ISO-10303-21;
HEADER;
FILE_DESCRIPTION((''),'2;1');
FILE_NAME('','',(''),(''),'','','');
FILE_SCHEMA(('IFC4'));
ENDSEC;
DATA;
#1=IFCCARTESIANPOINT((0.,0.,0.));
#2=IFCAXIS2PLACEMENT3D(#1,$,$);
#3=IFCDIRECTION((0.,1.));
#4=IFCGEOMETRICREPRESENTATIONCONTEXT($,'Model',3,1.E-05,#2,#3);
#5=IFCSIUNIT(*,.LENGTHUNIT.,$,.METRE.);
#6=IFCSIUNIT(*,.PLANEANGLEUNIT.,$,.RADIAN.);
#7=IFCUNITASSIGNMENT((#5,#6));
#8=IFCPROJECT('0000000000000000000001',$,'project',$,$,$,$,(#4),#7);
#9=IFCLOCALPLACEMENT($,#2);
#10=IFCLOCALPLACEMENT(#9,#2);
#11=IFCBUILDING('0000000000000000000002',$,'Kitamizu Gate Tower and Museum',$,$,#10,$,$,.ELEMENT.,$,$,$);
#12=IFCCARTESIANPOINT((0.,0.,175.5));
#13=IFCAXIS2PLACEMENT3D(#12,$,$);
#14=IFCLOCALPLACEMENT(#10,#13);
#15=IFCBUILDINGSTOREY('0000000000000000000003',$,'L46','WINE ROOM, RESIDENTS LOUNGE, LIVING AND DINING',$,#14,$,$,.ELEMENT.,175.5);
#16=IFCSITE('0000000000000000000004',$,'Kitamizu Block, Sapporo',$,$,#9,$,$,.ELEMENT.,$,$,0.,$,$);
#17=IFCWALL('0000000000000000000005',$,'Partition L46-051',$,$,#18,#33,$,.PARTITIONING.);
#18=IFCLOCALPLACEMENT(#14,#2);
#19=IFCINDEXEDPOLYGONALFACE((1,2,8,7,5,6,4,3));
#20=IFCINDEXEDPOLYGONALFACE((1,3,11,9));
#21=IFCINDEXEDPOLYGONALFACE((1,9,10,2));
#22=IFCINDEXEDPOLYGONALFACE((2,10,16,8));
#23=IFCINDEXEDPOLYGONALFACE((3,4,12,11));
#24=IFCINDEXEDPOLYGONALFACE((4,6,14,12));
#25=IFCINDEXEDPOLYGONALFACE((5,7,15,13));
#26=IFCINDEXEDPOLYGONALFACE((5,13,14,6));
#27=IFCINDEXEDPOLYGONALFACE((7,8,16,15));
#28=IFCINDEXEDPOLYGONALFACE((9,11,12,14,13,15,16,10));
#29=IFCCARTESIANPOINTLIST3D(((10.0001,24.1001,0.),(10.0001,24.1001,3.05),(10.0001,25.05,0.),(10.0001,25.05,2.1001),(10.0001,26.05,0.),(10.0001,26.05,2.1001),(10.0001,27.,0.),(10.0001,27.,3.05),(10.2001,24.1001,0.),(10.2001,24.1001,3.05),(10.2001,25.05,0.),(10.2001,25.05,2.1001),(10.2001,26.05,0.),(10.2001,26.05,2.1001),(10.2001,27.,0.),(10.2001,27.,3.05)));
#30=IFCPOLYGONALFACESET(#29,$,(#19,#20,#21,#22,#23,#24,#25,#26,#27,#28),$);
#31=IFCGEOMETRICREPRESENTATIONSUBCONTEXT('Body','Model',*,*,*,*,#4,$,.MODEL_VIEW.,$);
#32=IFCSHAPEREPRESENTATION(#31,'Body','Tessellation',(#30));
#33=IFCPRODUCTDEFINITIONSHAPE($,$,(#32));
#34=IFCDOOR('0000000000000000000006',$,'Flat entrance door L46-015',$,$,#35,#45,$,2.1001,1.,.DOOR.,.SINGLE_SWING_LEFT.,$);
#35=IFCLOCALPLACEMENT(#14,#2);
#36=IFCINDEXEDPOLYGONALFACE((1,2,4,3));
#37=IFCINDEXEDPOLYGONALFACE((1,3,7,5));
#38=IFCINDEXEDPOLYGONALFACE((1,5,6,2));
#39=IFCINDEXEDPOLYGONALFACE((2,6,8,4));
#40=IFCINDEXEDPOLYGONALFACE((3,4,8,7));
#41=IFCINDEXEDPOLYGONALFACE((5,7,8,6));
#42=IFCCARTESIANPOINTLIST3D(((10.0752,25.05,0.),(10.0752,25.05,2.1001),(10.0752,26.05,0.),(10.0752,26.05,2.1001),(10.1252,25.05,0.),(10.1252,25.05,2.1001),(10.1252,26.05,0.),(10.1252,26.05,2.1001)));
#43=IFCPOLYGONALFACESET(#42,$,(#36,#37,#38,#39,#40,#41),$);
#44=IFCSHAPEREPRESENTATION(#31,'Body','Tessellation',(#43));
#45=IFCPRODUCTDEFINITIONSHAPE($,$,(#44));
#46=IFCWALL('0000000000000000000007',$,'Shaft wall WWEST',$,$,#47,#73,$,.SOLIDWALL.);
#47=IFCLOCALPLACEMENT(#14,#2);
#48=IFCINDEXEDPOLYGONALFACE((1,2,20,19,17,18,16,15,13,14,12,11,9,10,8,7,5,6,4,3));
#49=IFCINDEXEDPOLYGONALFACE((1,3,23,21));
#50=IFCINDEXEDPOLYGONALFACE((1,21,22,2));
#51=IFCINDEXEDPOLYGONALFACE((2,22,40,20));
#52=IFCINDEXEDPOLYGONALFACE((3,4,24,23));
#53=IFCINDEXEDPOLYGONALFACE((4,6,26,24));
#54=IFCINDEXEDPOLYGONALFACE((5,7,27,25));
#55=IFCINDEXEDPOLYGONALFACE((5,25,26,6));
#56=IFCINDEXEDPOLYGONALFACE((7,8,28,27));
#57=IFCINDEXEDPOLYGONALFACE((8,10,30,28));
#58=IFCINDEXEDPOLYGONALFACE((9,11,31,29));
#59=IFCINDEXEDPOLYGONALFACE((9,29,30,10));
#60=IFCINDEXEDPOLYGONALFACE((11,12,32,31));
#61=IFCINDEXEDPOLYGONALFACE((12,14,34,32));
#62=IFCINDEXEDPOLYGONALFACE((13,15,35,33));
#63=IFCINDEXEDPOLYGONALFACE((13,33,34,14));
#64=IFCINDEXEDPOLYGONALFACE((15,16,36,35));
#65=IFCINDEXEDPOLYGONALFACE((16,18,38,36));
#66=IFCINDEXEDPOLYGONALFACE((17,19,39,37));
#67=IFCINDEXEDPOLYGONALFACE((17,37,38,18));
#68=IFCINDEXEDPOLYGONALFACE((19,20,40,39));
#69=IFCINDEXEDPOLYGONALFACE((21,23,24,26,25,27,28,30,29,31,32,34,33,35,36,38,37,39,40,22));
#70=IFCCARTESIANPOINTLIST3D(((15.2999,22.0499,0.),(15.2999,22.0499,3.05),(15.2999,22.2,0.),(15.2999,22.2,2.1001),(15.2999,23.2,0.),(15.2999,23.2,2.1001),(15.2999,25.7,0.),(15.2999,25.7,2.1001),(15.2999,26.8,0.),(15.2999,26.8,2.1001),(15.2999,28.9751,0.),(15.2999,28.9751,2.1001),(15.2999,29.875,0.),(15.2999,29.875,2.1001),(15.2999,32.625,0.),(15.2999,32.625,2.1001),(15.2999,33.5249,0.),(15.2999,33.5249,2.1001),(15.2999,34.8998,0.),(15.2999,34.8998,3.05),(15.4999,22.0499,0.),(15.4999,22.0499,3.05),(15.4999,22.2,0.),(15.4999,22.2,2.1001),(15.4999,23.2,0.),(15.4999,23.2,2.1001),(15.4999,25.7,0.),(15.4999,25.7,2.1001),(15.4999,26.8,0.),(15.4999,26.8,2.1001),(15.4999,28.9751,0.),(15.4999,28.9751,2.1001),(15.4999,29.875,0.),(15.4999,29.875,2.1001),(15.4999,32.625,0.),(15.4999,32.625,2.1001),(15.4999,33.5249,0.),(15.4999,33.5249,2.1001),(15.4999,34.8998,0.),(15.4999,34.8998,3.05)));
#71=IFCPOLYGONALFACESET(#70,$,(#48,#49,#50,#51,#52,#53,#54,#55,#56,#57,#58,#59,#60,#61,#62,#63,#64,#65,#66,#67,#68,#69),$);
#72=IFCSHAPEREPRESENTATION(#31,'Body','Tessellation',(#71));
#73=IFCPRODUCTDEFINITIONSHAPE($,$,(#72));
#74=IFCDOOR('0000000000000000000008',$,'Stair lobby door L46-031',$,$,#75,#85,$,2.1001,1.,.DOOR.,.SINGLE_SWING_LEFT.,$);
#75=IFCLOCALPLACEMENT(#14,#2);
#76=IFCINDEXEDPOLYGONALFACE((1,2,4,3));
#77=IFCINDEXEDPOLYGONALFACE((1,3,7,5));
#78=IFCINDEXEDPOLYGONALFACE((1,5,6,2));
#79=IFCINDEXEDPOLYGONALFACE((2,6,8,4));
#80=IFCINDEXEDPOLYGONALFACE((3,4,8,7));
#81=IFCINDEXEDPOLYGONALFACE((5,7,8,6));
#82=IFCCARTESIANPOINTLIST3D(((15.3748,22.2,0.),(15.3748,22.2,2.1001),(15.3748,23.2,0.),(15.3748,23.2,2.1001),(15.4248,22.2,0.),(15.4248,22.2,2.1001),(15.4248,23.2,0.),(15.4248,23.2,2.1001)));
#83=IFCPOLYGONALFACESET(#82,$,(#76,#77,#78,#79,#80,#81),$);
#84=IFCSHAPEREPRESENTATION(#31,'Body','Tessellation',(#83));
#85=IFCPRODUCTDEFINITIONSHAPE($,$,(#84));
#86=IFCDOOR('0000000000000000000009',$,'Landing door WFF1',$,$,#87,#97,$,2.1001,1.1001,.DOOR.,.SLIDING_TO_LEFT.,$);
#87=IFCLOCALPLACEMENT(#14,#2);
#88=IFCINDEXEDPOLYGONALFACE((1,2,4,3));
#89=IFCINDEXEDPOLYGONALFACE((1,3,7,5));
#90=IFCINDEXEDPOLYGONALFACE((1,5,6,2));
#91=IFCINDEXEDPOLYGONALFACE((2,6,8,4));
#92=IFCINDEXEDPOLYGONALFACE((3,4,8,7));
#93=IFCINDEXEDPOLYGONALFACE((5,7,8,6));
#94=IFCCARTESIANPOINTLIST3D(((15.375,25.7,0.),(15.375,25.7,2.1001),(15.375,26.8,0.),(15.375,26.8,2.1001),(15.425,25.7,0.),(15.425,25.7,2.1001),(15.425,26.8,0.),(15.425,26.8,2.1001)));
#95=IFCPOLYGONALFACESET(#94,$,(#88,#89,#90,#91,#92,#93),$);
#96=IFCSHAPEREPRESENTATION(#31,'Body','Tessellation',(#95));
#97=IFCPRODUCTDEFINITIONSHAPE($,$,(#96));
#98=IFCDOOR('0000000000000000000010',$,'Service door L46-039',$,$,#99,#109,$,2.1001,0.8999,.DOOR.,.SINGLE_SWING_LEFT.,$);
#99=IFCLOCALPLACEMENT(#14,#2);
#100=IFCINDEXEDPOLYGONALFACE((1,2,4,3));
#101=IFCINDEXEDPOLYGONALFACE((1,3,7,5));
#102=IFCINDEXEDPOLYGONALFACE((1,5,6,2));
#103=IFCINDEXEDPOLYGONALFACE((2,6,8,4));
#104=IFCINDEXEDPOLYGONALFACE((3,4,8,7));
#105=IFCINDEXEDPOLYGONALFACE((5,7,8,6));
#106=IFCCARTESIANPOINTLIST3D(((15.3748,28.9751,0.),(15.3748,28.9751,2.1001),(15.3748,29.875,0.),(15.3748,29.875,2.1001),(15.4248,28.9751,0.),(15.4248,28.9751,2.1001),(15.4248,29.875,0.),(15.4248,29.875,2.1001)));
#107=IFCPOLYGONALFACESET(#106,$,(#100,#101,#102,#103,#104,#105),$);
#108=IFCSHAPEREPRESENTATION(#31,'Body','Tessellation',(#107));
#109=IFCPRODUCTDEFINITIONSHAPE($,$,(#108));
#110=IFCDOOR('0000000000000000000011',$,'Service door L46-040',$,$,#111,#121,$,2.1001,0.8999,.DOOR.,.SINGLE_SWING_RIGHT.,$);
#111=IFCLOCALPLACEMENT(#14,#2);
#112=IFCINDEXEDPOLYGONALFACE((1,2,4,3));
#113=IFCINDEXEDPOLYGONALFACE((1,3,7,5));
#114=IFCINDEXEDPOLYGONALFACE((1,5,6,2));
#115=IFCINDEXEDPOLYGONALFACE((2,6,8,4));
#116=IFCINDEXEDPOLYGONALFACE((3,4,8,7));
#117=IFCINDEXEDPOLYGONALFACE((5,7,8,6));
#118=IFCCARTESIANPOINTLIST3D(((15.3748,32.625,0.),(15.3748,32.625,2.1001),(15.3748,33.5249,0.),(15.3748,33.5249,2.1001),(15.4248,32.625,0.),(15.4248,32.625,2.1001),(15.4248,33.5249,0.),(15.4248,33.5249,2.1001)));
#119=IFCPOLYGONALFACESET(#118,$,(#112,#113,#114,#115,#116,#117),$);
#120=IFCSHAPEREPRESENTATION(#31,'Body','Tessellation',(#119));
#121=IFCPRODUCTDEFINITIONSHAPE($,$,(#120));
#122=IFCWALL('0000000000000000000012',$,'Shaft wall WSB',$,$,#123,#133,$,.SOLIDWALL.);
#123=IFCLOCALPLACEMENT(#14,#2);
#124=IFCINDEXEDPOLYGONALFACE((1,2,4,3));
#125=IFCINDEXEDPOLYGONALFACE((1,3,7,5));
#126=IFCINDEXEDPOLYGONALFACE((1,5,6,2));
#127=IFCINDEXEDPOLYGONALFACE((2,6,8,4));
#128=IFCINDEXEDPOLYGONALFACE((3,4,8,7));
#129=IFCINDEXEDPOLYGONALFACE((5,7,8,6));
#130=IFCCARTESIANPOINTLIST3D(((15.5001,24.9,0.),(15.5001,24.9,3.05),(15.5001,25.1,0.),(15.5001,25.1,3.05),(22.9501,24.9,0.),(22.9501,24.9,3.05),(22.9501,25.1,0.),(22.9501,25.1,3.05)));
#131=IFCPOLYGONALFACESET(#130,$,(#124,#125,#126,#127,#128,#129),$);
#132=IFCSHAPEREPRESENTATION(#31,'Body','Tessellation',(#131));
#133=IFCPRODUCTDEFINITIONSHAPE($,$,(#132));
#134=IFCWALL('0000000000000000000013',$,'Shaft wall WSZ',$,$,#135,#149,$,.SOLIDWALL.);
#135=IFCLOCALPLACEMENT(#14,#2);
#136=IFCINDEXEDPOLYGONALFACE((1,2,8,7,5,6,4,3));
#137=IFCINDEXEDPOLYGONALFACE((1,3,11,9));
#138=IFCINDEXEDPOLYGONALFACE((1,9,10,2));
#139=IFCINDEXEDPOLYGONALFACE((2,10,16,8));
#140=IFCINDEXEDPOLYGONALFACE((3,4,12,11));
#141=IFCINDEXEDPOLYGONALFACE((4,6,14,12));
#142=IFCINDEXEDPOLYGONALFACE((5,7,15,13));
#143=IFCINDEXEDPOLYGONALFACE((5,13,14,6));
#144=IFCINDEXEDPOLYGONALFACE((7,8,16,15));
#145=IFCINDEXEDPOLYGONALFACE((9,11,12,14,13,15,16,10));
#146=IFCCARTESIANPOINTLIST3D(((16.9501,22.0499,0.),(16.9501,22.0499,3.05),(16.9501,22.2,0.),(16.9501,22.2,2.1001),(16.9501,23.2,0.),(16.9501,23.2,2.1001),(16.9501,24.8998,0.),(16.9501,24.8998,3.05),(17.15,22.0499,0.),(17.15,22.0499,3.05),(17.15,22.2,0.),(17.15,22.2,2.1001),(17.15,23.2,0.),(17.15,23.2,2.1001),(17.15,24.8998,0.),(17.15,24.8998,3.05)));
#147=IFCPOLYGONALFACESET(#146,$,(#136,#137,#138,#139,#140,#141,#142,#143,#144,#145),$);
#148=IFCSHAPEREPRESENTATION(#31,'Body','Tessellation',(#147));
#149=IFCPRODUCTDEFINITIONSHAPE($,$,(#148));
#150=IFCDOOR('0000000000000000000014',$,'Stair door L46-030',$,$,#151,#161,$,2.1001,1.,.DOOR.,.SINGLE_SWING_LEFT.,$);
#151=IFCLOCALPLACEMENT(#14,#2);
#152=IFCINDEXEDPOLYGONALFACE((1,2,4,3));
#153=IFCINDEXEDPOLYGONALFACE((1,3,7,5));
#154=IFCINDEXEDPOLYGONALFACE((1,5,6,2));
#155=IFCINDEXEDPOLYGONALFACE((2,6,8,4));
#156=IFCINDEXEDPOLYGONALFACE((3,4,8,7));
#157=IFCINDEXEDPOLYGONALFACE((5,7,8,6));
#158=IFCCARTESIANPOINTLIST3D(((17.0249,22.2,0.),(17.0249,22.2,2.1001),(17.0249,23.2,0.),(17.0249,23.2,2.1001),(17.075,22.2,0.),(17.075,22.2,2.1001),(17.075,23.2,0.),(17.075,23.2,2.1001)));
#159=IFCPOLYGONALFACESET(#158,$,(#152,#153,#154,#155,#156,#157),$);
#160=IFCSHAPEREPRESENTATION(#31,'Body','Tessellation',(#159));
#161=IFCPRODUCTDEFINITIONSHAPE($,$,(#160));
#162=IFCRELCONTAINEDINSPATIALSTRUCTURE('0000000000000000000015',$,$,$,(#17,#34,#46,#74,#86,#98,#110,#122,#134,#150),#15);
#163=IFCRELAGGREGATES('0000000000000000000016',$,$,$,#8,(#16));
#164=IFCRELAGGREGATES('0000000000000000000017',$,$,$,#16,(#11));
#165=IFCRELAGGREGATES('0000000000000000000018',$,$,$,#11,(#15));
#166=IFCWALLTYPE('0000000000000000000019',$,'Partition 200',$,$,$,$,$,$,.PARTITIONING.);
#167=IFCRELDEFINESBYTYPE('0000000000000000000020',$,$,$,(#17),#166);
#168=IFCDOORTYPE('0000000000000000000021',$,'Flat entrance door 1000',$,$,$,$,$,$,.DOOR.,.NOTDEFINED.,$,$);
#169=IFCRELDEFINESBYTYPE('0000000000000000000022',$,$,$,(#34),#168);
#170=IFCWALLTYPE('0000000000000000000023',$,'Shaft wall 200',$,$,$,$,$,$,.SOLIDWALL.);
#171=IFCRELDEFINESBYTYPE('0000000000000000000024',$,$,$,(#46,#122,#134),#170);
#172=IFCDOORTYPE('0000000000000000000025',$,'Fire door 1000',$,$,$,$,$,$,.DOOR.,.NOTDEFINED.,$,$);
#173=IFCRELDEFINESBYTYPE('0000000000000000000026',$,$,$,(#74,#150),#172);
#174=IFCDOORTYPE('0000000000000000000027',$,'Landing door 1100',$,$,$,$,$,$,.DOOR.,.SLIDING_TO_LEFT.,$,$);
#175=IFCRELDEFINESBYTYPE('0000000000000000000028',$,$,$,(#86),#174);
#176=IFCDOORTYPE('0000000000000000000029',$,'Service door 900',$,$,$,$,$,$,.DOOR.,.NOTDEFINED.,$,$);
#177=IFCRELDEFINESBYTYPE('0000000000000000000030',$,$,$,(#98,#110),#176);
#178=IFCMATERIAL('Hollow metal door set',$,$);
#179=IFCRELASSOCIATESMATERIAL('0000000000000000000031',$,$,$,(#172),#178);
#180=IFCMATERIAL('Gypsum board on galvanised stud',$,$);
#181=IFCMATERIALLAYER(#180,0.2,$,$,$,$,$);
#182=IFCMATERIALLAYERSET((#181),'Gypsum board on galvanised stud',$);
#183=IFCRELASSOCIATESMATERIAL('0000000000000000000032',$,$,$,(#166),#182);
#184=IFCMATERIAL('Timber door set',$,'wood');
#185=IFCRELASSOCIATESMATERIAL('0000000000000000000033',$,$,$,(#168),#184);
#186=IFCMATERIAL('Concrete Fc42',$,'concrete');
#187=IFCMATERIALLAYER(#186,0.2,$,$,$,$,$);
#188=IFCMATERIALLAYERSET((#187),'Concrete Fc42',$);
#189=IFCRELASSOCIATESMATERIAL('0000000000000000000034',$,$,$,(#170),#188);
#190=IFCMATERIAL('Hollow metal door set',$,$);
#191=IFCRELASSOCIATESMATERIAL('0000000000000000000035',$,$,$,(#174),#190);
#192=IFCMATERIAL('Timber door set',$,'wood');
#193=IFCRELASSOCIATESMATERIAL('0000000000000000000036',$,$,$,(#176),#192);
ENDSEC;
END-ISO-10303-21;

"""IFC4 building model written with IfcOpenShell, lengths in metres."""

from ifc_helpers import new_model, si_unit, direction, frame, frame_2d, origin, place, context, subcontext, project, spatial, rectangle, extrude, material, layer, layer_set, type_object, element, fill, save


model = new_model("IFC4")

# Units and contexts
model_context = context("Model", 3, precision=1e-05, world=origin(), true_north=direction((0.0, 1.0)))
body_context = subcontext(model_context, "Body", "Model", "MODEL_VIEW")
ifc_project = project(units=[si_unit("LENGTHUNIT", "METRE"), si_unit("PLANEANGLEUNIT", "RADIAN")], contexts=[model_context])

# Site, building, storey
site_placement = place(None, origin())
site = spatial("IfcSite", under=ifc_project, at=site_placement, Name="Kitamizu Block, Sapporo", CompositionType="ELEMENT", RefElevation=0.0)
building_placement = place(site_placement, origin())
building = spatial("IfcBuilding", under=site, at=building_placement, Name="Kitamizu Gate Tower and Museum", CompositionType="ELEMENT")
storey_placement = place(building_placement, frame((0.0, 0.0, 175.5)))
storey = spatial("IfcBuildingStorey", under=building, at=storey_placement, Name="L46", Description="WINE ROOM, RESIDENTS LOUNGE, LIVING AND DINING", CompositionType="ELEMENT", Elevation=175.5)

# Shared definitions
ifc_material_1 = material(Name="Hollow metal door set")
door_type_1 = type_object("IfcDoorType", Name="Fire door 1000", OperationType="NOTDEFINED", PredefinedType="DOOR", material=ifc_material_1)

# Shared definitions
ifc_material_2 = material(Name="Gypsum board on galvanised stud")
ifc_layer_1 = layer(ifc_material_2, 0.2)
ifc_layer_set_1 = layer_set([ifc_layer_1], Name="Gypsum board on galvanised stud")
wall_type_1 = type_object("IfcWallType", Name="Partition 200", PredefinedType="PARTITIONING", material=ifc_layer_set_1)

# Wall, opening, door
wall_1_placement = place(storey_placement, frame((10.1001, 24.1001, 0.0), z_axis=(0.0, 0.0, 1.0), x_axis=(0.0, 1.0, 0.0)))
wall_1 = element("IfcWall", 1, at=wall_1_placement, inside=storey, type_object=wall_type_1, Name="Partition L46-051", PredefinedType="PARTITIONING", context=body_context, shape_type="SweptSolid", body=[
    extrude(rectangle(XDim=2.8999, YDim=0.2, at=frame_2d((1.45, 0.0))), origin(), (0.0, 0.0, 1.0), 3.05),
])
opening_1_placement = place(wall_1_placement, frame((0.95, 0.0, 0.0)))
opening_1 = element("IfcOpeningElement", 2, at=opening_1_placement, cuts=wall_1, PredefinedType="OPENING", context=body_context, shape_type="SweptSolid", body=[
    extrude(rectangle(XDim=1.0, YDim=2.1001, at=frame_2d((0.5, 1.05))), frame((0.0, 0.1099, 0.0), z_axis=(0.0, -1.0, 0.0), x_axis=(1.0, 0.0, 0.0)), (0.0, 0.0, 1.0), 0.22),
])
ifc_material_3 = material(Name="Timber door set", Category="wood")
door_type_2 = type_object("IfcDoorType", Name="Flat entrance door 1000", OperationType="NOTDEFINED", PredefinedType="DOOR", material=ifc_material_3)
door_1_placement = place(opening_1_placement, origin())
door_1 = element("IfcDoor", 3, at=door_1_placement, inside=storey, type_object=door_type_2, Name="Flat entrance door L46-015", OperationType="SINGLE_SWING_LEFT", OverallHeight=2.1001, OverallWidth=1.0, PredefinedType="DOOR", context=body_context, shape_type="SweptSolid", body=[
    extrude(rectangle(XDim=1.0, YDim=2.1001, at=frame_2d((0.5, 1.05))), frame((0.0, 0.0249, 0.0), z_axis=(0.0, -1.0, 0.0), x_axis=(1.0, 0.0, 0.0)), (0.0, 0.0, 1.0), 0.05),
])
fill(opening_1, door_1)

# Wall, openings, doors
ifc_material_4 = material(Name="Concrete Fc42", Category="concrete")
ifc_layer_2 = layer(ifc_material_4, 0.2)
ifc_layer_set_2 = layer_set([ifc_layer_2], Name="Concrete Fc42")
wall_type_2 = type_object("IfcWallType", Name="Shaft wall 200", PredefinedType="SOLIDWALL", material=ifc_layer_set_2)
wall_2_placement = place(storey_placement, frame((15.3999, 22.05, 0.0), z_axis=(0.0, 0.0, 1.0), x_axis=(0.0, 1.0, 0.0)))
wall_2 = element("IfcWall", 4, at=wall_2_placement, inside=storey, type_object=wall_type_2, Name="Shaft wall WWEST", PredefinedType="SOLIDWALL", context=body_context, shape_type="SweptSolid", body=[
    extrude(rectangle(XDim=12.8499, YDim=0.2, at=frame_2d((6.4248, 0.0))), origin(), (0.0, 0.0, 1.0), 3.05),
])
opening_2_placement = place(wall_2_placement, frame((3.6499, 0.0, 0.0)))
opening_2 = element("IfcOpeningElement", 5, at=opening_2_placement, cuts=wall_2, PredefinedType="OPENING", context=body_context, shape_type="SweptSolid", body=[
    extrude(rectangle(XDim=1.1001, YDim=2.1001, at=frame_2d((0.55, 1.05))), frame((0.0, 0.1099, 0.0), z_axis=(0.0, -1.0, 0.0), x_axis=(1.0, 0.0, 0.0)), (0.0, 0.0, 1.0), 0.22),
])
opening_3_placement = place(wall_2_placement, frame((0.1499, 0.0, 0.0)))
opening_3 = element("IfcOpeningElement", 6, at=opening_3_placement, cuts=wall_2, PredefinedType="OPENING", context=body_context, shape_type="SweptSolid", body=[
    extrude(rectangle(XDim=1.0, YDim=2.1001, at=frame_2d((0.5, 1.05))), frame((0.0, 0.1099, 0.0), z_axis=(0.0, -1.0, 0.0), x_axis=(1.0, 0.0, 0.0)), (0.0, 0.0, 1.0), 0.22),
])
opening_4_placement = place(wall_2_placement, frame((6.925, 0.0, 0.0)))
opening_4 = element("IfcOpeningElement", 7, at=opening_4_placement, cuts=wall_2, PredefinedType="OPENING", context=body_context, shape_type="SweptSolid", body=[
    extrude(rectangle(XDim=0.8999, YDim=2.1001, at=frame_2d((0.45, 1.05))), frame((0.0, 0.1099, 0.0), z_axis=(0.0, -1.0, 0.0), x_axis=(1.0, 0.0, 0.0)), (0.0, 0.0, 1.0), 0.22),
])
opening_5_placement = place(wall_2_placement, frame((10.575, 0.0, 0.0)))
opening_5 = element("IfcOpeningElement", 8, at=opening_5_placement, cuts=wall_2, PredefinedType="OPENING", context=body_context, shape_type="SweptSolid", body=[
    extrude(rectangle(XDim=0.8999, YDim=2.1001, at=frame_2d((0.45, 1.05))), frame((0.0, 0.1099, 0.0), z_axis=(0.0, -1.0, 0.0), x_axis=(1.0, 0.0, 0.0)), (0.0, 0.0, 1.0), 0.22),
])
door_2_placement = place(opening_3_placement, frame((1.0, 0.0, 0.0), x_axis=(-1.0, 0.0, 0.0)))
door_2 = element("IfcDoor", 9, at=door_2_placement, inside=storey, type_object=door_type_1, Name="Stair lobby door L46-031", OperationType="SINGLE_SWING_LEFT", OverallHeight=2.1001, OverallWidth=1.0, PredefinedType="DOOR", context=body_context, shape_type="SweptSolid", body=[
    extrude(rectangle(XDim=1.0, YDim=2.1001, at=frame_2d((0.5, 1.05))), frame((0.0, 0.0249, 0.0), z_axis=(0.0, -1.0, 0.0), x_axis=(1.0, 0.0, 0.0)), (0.0, 0.0, 1.0), 0.05),
])
fill(opening_3, door_2)
ifc_material_5 = material(Name="Hollow metal door set")
door_type_3 = type_object("IfcDoorType", Name="Landing door 1100", OperationType="SLIDING_TO_LEFT", PredefinedType="DOOR", material=ifc_material_5)
door_3_placement = place(opening_2_placement, origin())
door_3 = element("IfcDoor", 10, at=door_3_placement, inside=storey, type_object=door_type_3, Name="Landing door WFF1", OperationType="SLIDING_TO_LEFT", OverallHeight=2.1001, OverallWidth=1.1001, PredefinedType="DOOR", context=body_context, shape_type="SweptSolid", body=[
    extrude(rectangle(XDim=1.1001, YDim=2.1001, at=frame_2d((0.55, 1.05))), frame((0.0, 0.0249, 0.0), z_axis=(0.0, -1.0, 0.0), x_axis=(1.0, 0.0, 0.0)), (0.0, 0.0, 1.0), 0.05),
])
fill(opening_2, door_3)
ifc_material_6 = material(Name="Timber door set", Category="wood")
door_type_4 = type_object("IfcDoorType", Name="Service door 900", OperationType="NOTDEFINED", PredefinedType="DOOR", material=ifc_material_6)
door_4_placement = place(opening_4_placement, frame((0.8999, 0.0, 0.0), x_axis=(-1.0, 0.0, 0.0)))
door_4 = element("IfcDoor", 11, at=door_4_placement, inside=storey, type_object=door_type_4, Name="Service door L46-039", OperationType="SINGLE_SWING_LEFT", OverallHeight=2.1001, OverallWidth=0.8999, PredefinedType="DOOR", context=body_context, shape_type="SweptSolid", body=[
    extrude(rectangle(XDim=0.8999, YDim=2.1001, at=frame_2d((0.45, 1.05))), frame((0.0, 0.0249, 0.0), z_axis=(0.0, -1.0, 0.0), x_axis=(1.0, 0.0, 0.0)), (0.0, 0.0, 1.0), 0.05),
])
fill(opening_4, door_4)
door_5_placement = place(opening_5_placement, frame((0.8999, 0.0, 0.0), x_axis=(-1.0, 0.0, 0.0)))
door_5 = element("IfcDoor", 12, at=door_5_placement, inside=storey, type_object=door_type_4, Name="Service door L46-040", OperationType="SINGLE_SWING_RIGHT", OverallHeight=2.1001, OverallWidth=0.8999, PredefinedType="DOOR", context=body_context, shape_type="SweptSolid", body=[
    extrude(rectangle(XDim=0.8999, YDim=2.1001, at=frame_2d((0.45, 1.05))), frame((0.0, 0.0249, 0.0), z_axis=(0.0, -1.0, 0.0), x_axis=(1.0, 0.0, 0.0)), (0.0, 0.0, 1.0), 0.05),
])
fill(opening_5, door_5)

# Wall
wall_3_placement = place(storey_placement, frame((15.5, 25.0, 0.0), z_axis=(0.0, 0.0, 1.0), x_axis=(1.0, 0.0, 0.0)))
element("IfcWall", 13, at=wall_3_placement, inside=storey, type_object=wall_type_2, Name="Shaft wall WSB", PredefinedType="SOLIDWALL", context=body_context, shape_type="SweptSolid", body=[
    extrude(rectangle(XDim=7.45, YDim=0.2, at=frame_2d((3.7251, 0.0))), origin(), (0.0, 0.0, 1.0), 3.05),
])

# Wall, opening, door
wall_4_placement = place(storey_placement, frame((17.05, 22.05, 0.0), z_axis=(0.0, 0.0, 1.0), x_axis=(0.0, 1.0, 0.0)))
wall_4 = element("IfcWall", 14, at=wall_4_placement, inside=storey, type_object=wall_type_2, Name="Shaft wall WSZ", PredefinedType="SOLIDWALL", context=body_context, shape_type="SweptSolid", body=[
    extrude(rectangle(XDim=2.8499, YDim=0.2, at=frame_2d((1.4248, 0.0))), origin(), (0.0, 0.0, 1.0), 3.05),
])
opening_6_placement = place(wall_4_placement, frame((0.1499, 0.0, 0.0)))
opening_6 = element("IfcOpeningElement", 15, at=opening_6_placement, cuts=wall_4, PredefinedType="OPENING", context=body_context, shape_type="SweptSolid", body=[
    extrude(rectangle(XDim=1.0, YDim=2.1001, at=frame_2d((0.5, 1.05))), frame((0.0, 0.1099, 0.0), z_axis=(0.0, -1.0, 0.0), x_axis=(1.0, 0.0, 0.0)), (0.0, 0.0, 1.0), 0.22),
])
door_6_placement = place(opening_6_placement, frame((1.0, 0.0, 0.0), x_axis=(-1.0, 0.0, 0.0)))
door_6 = element("IfcDoor", 16, at=door_6_placement, inside=storey, type_object=door_type_1, Name="Stair door L46-030", OperationType="SINGLE_SWING_LEFT", OverallHeight=2.1001, OverallWidth=1.0, PredefinedType="DOOR", context=body_context, shape_type="SweptSolid", body=[
    extrude(rectangle(XDim=1.0, YDim=2.1001, at=frame_2d((0.5, 1.05))), frame((0.0, 0.0249, 0.0), z_axis=(0.0, -1.0, 0.0), x_axis=(1.0, 0.0, 0.0)), (0.0, 0.0, 1.0), 0.05),
])
fill(opening_6, door_6)

save(model, "model.ifc")
